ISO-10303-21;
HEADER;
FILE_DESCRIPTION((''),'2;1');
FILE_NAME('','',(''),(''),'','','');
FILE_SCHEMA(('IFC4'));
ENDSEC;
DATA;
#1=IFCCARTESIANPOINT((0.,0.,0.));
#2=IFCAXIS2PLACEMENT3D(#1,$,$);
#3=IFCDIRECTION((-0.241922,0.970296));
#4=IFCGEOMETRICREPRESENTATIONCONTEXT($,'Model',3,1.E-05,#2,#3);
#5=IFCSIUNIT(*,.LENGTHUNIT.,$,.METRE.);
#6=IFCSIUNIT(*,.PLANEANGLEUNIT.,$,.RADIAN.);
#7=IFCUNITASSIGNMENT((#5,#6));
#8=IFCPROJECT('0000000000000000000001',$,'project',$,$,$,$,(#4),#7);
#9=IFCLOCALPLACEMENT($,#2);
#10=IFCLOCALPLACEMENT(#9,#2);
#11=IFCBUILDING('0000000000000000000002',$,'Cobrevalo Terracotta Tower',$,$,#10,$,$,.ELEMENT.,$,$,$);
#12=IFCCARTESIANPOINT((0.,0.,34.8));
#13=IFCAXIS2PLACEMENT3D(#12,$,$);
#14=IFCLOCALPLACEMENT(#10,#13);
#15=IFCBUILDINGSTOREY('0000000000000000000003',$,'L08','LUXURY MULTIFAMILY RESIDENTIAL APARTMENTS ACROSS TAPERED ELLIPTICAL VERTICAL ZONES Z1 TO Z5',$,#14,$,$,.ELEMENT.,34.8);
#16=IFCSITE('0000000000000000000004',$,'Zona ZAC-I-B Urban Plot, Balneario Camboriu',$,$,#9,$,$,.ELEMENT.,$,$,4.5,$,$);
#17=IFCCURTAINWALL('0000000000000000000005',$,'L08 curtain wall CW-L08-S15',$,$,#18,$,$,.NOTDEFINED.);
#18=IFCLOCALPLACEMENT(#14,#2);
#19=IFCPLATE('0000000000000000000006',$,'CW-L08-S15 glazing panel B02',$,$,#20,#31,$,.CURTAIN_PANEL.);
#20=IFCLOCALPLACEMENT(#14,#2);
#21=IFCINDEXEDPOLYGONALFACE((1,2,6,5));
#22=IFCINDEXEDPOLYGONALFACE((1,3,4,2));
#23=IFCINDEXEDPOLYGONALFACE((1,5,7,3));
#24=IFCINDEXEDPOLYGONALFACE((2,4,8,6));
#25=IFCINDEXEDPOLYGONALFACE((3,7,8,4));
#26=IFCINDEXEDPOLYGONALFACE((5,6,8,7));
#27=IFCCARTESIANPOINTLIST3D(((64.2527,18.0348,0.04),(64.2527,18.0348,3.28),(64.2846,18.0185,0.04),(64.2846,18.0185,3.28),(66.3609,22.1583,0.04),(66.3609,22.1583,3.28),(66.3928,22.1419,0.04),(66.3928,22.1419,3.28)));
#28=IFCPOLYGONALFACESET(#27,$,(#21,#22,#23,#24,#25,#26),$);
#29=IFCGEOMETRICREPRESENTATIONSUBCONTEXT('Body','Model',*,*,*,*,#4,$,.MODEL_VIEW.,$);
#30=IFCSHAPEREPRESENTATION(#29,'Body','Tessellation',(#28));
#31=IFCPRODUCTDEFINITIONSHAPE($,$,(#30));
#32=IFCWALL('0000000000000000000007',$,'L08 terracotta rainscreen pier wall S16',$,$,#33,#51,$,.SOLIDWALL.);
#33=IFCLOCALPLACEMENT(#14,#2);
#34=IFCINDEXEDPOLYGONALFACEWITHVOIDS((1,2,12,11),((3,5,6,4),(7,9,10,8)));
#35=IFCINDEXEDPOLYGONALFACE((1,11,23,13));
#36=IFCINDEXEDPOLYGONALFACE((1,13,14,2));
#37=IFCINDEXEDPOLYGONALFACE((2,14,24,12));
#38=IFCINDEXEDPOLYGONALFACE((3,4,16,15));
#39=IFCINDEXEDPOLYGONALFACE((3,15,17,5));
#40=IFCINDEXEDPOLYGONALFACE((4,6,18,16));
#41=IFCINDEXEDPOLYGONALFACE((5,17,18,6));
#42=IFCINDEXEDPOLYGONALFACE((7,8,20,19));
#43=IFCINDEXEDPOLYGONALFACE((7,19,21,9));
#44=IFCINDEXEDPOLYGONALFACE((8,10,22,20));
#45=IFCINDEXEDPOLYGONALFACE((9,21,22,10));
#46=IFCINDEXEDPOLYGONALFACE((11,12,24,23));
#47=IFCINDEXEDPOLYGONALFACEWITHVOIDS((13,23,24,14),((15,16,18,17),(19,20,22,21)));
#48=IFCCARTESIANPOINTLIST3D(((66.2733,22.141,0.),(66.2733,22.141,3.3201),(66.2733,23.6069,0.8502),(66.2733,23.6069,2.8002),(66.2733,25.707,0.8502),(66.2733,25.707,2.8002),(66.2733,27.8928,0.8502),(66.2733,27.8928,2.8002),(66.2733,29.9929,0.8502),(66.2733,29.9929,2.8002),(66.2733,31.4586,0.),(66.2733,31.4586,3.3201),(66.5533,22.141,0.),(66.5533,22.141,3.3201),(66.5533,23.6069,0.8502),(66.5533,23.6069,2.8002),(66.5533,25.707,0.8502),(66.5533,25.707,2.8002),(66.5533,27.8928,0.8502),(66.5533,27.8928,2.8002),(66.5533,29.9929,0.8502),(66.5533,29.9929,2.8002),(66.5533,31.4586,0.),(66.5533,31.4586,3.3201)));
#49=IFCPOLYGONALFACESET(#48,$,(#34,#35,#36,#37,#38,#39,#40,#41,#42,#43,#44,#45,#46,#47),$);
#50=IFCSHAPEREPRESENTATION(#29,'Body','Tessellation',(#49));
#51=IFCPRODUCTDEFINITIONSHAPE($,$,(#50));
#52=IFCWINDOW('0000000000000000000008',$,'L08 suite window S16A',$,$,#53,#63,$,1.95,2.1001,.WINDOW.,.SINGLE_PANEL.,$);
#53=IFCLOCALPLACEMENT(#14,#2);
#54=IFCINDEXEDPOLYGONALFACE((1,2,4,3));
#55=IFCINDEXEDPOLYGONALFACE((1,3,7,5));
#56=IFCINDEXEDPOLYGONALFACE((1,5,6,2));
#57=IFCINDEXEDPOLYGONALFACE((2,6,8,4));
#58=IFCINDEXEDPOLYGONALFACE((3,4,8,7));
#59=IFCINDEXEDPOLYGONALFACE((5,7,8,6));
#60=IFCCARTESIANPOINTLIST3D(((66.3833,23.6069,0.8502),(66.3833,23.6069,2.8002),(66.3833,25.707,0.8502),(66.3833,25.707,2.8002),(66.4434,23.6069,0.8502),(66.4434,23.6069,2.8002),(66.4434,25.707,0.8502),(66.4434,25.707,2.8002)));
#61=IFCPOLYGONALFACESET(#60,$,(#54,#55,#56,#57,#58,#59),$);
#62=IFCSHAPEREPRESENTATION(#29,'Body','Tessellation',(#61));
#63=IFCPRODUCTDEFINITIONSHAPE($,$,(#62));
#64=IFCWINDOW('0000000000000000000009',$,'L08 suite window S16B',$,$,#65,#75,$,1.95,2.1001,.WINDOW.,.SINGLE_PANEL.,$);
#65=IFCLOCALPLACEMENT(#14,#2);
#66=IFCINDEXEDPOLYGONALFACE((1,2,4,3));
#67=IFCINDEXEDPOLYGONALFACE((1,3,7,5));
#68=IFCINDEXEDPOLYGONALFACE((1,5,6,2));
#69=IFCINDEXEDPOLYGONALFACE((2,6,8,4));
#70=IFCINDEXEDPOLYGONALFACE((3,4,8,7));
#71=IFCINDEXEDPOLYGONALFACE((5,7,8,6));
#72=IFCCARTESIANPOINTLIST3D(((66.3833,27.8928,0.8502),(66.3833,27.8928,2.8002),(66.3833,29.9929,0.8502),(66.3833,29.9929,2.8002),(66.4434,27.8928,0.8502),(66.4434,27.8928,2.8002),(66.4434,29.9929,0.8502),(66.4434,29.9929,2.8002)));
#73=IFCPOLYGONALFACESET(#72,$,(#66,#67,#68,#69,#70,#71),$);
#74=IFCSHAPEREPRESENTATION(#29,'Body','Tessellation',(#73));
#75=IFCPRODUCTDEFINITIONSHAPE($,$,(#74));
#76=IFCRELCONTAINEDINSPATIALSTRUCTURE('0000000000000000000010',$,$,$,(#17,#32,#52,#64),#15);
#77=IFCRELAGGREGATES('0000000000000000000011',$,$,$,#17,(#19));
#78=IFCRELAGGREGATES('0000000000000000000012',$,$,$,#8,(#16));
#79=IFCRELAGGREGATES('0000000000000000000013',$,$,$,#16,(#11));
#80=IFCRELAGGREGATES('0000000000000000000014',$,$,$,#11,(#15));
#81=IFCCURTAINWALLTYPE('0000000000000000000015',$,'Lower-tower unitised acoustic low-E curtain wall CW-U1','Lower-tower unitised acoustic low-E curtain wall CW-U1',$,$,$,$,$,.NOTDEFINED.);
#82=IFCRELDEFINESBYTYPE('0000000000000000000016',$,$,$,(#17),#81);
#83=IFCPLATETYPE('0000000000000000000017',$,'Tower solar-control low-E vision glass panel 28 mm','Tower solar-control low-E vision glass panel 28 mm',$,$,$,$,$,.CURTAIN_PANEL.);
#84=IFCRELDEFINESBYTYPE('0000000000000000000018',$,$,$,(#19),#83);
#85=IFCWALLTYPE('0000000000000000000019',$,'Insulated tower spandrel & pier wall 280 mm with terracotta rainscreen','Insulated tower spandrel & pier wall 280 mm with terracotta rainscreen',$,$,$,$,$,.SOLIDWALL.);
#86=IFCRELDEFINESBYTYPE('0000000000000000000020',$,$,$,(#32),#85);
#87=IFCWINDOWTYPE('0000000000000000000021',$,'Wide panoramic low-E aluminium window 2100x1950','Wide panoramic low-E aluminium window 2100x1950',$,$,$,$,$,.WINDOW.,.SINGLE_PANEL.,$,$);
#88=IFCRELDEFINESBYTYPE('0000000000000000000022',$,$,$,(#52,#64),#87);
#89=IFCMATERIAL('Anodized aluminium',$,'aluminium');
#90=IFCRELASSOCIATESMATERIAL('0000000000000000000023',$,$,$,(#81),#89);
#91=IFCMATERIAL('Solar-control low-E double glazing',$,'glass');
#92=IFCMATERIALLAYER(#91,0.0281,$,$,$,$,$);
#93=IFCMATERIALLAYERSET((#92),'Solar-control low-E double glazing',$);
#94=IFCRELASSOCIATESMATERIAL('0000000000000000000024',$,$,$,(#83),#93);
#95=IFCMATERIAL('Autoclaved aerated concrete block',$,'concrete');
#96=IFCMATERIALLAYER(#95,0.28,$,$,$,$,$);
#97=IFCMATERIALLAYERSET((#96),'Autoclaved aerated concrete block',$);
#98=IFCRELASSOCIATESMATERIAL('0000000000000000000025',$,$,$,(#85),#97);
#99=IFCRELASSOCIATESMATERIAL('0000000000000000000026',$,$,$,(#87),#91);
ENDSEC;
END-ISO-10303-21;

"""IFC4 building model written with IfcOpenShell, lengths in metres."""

from ifc_helpers import new_model, si_unit, direction, frame, frame_2d, origin, origin_2d, place, context, subcontext, project, spatial, rectangle, extrude, source, transform, mapped, material, layer, layer_set, type_object, element, fill, aggregate, save


model = new_model("IFC4")

# Units and contexts
model_context = context("Model", 3, precision=1e-05, world=origin(), true_north=direction((-0.241922, 0.970296)))
body_context = subcontext(model_context, "Body", "Model", "MODEL_VIEW")
ifc_project = project(units=[si_unit("LENGTHUNIT", "METRE"), si_unit("PLANEANGLEUNIT", "RADIAN")], contexts=[model_context])

# Site, building, storey
site_placement = place(None, origin())
site = spatial("IfcSite", under=ifc_project, at=site_placement, Name="Zona ZAC-I-B Urban Plot, Balneario Camboriu", CompositionType="ELEMENT", RefElevation=4.5)
building_placement = place(site_placement, origin())
building = spatial("IfcBuilding", under=site, at=building_placement, Name="Cobrevalo Terracotta Tower", CompositionType="ELEMENT")
storey_placement = place(building_placement, frame((0.0, 0.0, 34.8)))
storey = spatial("IfcBuildingStorey", under=building, at=storey_placement, Name="L08", Description="LUXURY MULTIFAMILY RESIDENTIAL APARTMENTS ACROSS TAPERED ELLIPTICAL VERTICAL ZONES Z1 TO Z5", CompositionType="ELEMENT", Elevation=34.8)

# Shared definitions
ifc_material_1 = material(Name="Anodized aluminium", Category="aluminium")
curtain_wall_type = type_object("IfcCurtainWallType", Name="Lower-tower unitised acoustic low-E curtain wall CW-U1", Description="Lower-tower unitised acoustic low-E curtain wall CW-U1", PredefinedType="NOTDEFINED", material=ifc_material_1)

# Curtain wall
curtain_wall_1_placement = place(storey_placement, origin())
curtain_wall_1 = element("IfcCurtainWall", 1, at=curtain_wall_1_placement, inside=storey, type_object=curtain_wall_type, Name="L08 curtain wall CW-L08-S15", PredefinedType="NOTDEFINED")

# Plate
ifc_material_2 = material(Name="Solar-control low-E double glazing", Category="glass")
ifc_layer_1 = layer(ifc_material_2, 0.0281)
ifc_layer_set_1 = layer_set([ifc_layer_1], Name="Solar-control low-E double glazing")
plate_type = type_object("IfcPlateType", Name="Tower solar-control low-E vision glass panel 28 mm", Description="Tower solar-control low-E vision glass panel 28 mm", PredefinedType="CURTAIN_PANEL", material=ifc_layer_set_1)
shared_shape_1 = source(origin(), body_context, "Body", "SweptSolid", [
    extrude(rectangle(XDim=4.6311, YDim=0.0359, at=origin_2d()), origin(), (0.0, 0.0, 1.0), 3.24),
])
plate_1_placement = place(storey_placement, frame((65.3228, 20.0884, 0.04), z_axis=(0.0, 0.0, 1.0), x_axis=(0.455231, 0.890373, 0.0)))
plate_1 = element("IfcPlate", 2, at=plate_1_placement, type_object=plate_type, Name="CW-L08-S15 glazing panel B02", PredefinedType="CURTAIN_PANEL", context=body_context, shape_type="MappedRepresentation", body=[
    mapped(shared_shape_1, transform((0.0, 0.0, 0.0), scale=1.0)),
])
aggregate(curtain_wall_1, [plate_1])

# Wall, openings, windows
ifc_material_3 = material(Name="Autoclaved aerated concrete block", Category="concrete")
ifc_layer_2 = layer(ifc_material_3, 0.28)
ifc_layer_set_2 = layer_set([ifc_layer_2], Name="Autoclaved aerated concrete block")
wall_type = type_object("IfcWallType", Name="Insulated tower spandrel & pier wall 280 mm with terracotta rainscreen", Description="Insulated tower spandrel & pier wall 280 mm with terracotta rainscreen", PredefinedType="SOLIDWALL", material=ifc_layer_set_2)
wall_placement = place(storey_placement, frame((66.4133, 22.1411, 0.0), z_axis=(0.0, 0.0, 1.0), x_axis=(0.0, 1.0, 0.0)))
wall = element("IfcWall", 3, at=wall_placement, inside=storey, type_object=wall_type, Name="L08 terracotta rainscreen pier wall S16", PredefinedType="SOLIDWALL", context=body_context, shape_type="SweptSolid", body=[
    extrude(rectangle(XDim=9.3176, YDim=0.28, at=frame_2d((4.6587, 0.0))), origin(), (0.0, 0.0, 1.0), 3.3201),
])
opening_1_placement = place(wall_placement, frame((1.4658, 0.0, 0.8501)))
opening_1 = element("IfcOpeningElement", 4, at=opening_1_placement, cuts=wall, PredefinedType="OPENING", context=body_context, shape_type="SweptSolid", body=[
    extrude(rectangle(XDim=2.1001, YDim=1.95, at=frame_2d((1.05, 0.9751))), frame((0.0, 0.1499, 0.0), z_axis=(0.0, -1.0, 0.0), x_axis=(1.0, 0.0, 0.0)), (0.0, 0.0, 1.0), 0.3),
])
opening_2_placement = place(wall_placement, frame((5.7517, 0.0, 0.8501)))
opening_2 = element("IfcOpeningElement", 5, at=opening_2_placement, cuts=wall, PredefinedType="OPENING", context=body_context, shape_type="SweptSolid", body=[
    extrude(rectangle(XDim=2.1001, YDim=1.95, at=frame_2d((1.05, 0.9751))), frame((0.0, 0.1499, 0.0), z_axis=(0.0, -1.0, 0.0), x_axis=(1.0, 0.0, 0.0)), (0.0, 0.0, 1.0), 0.3),
])
window_type = type_object("IfcWindowType", Name="Wide panoramic low-E aluminium window 2100x1950", Description="Wide panoramic low-E aluminium window 2100x1950", PartitioningType="SINGLE_PANEL", PredefinedType="WINDOW", material=ifc_material_2)
shared_shape_2 = source(origin(), body_context, "Body", "SweptSolid", [
    extrude(rectangle(XDim=2.1001, YDim=1.95, at=frame_2d((1.05, 0.9751))), frame((0.0, 0.03, 0.0), z_axis=(0.0, -1.0, 0.0), x_axis=(1.0, 0.0, 0.0)), (0.0, 0.0, 1.0), 0.0601),
])
window_1_placement = place(opening_1_placement, origin())
window_1 = element("IfcWindow", 6, at=window_1_placement, inside=storey, type_object=window_type, Name="L08 suite window S16A", OverallHeight=1.95, OverallWidth=2.1001, PartitioningType="SINGLE_PANEL", PredefinedType="WINDOW", context=body_context, shape_type="MappedRepresentation", body=[
    mapped(shared_shape_2, transform((0.0, 0.0, 0.0), scale=1.0)),
])
fill(opening_1, window_1)
window_2_placement = place(opening_2_placement, origin())
window_2 = element("IfcWindow", 7, at=window_2_placement, inside=storey, type_object=window_type, Name="L08 suite window S16B", OverallHeight=1.95, OverallWidth=2.1001, PartitioningType="SINGLE_PANEL", PredefinedType="WINDOW", context=body_context, shape_type="MappedRepresentation", body=[
    mapped(shared_shape_2, transform((0.0, 0.0, 0.0), scale=1.0)),
])
fill(opening_2, window_2)

save(model, "model.ifc")
